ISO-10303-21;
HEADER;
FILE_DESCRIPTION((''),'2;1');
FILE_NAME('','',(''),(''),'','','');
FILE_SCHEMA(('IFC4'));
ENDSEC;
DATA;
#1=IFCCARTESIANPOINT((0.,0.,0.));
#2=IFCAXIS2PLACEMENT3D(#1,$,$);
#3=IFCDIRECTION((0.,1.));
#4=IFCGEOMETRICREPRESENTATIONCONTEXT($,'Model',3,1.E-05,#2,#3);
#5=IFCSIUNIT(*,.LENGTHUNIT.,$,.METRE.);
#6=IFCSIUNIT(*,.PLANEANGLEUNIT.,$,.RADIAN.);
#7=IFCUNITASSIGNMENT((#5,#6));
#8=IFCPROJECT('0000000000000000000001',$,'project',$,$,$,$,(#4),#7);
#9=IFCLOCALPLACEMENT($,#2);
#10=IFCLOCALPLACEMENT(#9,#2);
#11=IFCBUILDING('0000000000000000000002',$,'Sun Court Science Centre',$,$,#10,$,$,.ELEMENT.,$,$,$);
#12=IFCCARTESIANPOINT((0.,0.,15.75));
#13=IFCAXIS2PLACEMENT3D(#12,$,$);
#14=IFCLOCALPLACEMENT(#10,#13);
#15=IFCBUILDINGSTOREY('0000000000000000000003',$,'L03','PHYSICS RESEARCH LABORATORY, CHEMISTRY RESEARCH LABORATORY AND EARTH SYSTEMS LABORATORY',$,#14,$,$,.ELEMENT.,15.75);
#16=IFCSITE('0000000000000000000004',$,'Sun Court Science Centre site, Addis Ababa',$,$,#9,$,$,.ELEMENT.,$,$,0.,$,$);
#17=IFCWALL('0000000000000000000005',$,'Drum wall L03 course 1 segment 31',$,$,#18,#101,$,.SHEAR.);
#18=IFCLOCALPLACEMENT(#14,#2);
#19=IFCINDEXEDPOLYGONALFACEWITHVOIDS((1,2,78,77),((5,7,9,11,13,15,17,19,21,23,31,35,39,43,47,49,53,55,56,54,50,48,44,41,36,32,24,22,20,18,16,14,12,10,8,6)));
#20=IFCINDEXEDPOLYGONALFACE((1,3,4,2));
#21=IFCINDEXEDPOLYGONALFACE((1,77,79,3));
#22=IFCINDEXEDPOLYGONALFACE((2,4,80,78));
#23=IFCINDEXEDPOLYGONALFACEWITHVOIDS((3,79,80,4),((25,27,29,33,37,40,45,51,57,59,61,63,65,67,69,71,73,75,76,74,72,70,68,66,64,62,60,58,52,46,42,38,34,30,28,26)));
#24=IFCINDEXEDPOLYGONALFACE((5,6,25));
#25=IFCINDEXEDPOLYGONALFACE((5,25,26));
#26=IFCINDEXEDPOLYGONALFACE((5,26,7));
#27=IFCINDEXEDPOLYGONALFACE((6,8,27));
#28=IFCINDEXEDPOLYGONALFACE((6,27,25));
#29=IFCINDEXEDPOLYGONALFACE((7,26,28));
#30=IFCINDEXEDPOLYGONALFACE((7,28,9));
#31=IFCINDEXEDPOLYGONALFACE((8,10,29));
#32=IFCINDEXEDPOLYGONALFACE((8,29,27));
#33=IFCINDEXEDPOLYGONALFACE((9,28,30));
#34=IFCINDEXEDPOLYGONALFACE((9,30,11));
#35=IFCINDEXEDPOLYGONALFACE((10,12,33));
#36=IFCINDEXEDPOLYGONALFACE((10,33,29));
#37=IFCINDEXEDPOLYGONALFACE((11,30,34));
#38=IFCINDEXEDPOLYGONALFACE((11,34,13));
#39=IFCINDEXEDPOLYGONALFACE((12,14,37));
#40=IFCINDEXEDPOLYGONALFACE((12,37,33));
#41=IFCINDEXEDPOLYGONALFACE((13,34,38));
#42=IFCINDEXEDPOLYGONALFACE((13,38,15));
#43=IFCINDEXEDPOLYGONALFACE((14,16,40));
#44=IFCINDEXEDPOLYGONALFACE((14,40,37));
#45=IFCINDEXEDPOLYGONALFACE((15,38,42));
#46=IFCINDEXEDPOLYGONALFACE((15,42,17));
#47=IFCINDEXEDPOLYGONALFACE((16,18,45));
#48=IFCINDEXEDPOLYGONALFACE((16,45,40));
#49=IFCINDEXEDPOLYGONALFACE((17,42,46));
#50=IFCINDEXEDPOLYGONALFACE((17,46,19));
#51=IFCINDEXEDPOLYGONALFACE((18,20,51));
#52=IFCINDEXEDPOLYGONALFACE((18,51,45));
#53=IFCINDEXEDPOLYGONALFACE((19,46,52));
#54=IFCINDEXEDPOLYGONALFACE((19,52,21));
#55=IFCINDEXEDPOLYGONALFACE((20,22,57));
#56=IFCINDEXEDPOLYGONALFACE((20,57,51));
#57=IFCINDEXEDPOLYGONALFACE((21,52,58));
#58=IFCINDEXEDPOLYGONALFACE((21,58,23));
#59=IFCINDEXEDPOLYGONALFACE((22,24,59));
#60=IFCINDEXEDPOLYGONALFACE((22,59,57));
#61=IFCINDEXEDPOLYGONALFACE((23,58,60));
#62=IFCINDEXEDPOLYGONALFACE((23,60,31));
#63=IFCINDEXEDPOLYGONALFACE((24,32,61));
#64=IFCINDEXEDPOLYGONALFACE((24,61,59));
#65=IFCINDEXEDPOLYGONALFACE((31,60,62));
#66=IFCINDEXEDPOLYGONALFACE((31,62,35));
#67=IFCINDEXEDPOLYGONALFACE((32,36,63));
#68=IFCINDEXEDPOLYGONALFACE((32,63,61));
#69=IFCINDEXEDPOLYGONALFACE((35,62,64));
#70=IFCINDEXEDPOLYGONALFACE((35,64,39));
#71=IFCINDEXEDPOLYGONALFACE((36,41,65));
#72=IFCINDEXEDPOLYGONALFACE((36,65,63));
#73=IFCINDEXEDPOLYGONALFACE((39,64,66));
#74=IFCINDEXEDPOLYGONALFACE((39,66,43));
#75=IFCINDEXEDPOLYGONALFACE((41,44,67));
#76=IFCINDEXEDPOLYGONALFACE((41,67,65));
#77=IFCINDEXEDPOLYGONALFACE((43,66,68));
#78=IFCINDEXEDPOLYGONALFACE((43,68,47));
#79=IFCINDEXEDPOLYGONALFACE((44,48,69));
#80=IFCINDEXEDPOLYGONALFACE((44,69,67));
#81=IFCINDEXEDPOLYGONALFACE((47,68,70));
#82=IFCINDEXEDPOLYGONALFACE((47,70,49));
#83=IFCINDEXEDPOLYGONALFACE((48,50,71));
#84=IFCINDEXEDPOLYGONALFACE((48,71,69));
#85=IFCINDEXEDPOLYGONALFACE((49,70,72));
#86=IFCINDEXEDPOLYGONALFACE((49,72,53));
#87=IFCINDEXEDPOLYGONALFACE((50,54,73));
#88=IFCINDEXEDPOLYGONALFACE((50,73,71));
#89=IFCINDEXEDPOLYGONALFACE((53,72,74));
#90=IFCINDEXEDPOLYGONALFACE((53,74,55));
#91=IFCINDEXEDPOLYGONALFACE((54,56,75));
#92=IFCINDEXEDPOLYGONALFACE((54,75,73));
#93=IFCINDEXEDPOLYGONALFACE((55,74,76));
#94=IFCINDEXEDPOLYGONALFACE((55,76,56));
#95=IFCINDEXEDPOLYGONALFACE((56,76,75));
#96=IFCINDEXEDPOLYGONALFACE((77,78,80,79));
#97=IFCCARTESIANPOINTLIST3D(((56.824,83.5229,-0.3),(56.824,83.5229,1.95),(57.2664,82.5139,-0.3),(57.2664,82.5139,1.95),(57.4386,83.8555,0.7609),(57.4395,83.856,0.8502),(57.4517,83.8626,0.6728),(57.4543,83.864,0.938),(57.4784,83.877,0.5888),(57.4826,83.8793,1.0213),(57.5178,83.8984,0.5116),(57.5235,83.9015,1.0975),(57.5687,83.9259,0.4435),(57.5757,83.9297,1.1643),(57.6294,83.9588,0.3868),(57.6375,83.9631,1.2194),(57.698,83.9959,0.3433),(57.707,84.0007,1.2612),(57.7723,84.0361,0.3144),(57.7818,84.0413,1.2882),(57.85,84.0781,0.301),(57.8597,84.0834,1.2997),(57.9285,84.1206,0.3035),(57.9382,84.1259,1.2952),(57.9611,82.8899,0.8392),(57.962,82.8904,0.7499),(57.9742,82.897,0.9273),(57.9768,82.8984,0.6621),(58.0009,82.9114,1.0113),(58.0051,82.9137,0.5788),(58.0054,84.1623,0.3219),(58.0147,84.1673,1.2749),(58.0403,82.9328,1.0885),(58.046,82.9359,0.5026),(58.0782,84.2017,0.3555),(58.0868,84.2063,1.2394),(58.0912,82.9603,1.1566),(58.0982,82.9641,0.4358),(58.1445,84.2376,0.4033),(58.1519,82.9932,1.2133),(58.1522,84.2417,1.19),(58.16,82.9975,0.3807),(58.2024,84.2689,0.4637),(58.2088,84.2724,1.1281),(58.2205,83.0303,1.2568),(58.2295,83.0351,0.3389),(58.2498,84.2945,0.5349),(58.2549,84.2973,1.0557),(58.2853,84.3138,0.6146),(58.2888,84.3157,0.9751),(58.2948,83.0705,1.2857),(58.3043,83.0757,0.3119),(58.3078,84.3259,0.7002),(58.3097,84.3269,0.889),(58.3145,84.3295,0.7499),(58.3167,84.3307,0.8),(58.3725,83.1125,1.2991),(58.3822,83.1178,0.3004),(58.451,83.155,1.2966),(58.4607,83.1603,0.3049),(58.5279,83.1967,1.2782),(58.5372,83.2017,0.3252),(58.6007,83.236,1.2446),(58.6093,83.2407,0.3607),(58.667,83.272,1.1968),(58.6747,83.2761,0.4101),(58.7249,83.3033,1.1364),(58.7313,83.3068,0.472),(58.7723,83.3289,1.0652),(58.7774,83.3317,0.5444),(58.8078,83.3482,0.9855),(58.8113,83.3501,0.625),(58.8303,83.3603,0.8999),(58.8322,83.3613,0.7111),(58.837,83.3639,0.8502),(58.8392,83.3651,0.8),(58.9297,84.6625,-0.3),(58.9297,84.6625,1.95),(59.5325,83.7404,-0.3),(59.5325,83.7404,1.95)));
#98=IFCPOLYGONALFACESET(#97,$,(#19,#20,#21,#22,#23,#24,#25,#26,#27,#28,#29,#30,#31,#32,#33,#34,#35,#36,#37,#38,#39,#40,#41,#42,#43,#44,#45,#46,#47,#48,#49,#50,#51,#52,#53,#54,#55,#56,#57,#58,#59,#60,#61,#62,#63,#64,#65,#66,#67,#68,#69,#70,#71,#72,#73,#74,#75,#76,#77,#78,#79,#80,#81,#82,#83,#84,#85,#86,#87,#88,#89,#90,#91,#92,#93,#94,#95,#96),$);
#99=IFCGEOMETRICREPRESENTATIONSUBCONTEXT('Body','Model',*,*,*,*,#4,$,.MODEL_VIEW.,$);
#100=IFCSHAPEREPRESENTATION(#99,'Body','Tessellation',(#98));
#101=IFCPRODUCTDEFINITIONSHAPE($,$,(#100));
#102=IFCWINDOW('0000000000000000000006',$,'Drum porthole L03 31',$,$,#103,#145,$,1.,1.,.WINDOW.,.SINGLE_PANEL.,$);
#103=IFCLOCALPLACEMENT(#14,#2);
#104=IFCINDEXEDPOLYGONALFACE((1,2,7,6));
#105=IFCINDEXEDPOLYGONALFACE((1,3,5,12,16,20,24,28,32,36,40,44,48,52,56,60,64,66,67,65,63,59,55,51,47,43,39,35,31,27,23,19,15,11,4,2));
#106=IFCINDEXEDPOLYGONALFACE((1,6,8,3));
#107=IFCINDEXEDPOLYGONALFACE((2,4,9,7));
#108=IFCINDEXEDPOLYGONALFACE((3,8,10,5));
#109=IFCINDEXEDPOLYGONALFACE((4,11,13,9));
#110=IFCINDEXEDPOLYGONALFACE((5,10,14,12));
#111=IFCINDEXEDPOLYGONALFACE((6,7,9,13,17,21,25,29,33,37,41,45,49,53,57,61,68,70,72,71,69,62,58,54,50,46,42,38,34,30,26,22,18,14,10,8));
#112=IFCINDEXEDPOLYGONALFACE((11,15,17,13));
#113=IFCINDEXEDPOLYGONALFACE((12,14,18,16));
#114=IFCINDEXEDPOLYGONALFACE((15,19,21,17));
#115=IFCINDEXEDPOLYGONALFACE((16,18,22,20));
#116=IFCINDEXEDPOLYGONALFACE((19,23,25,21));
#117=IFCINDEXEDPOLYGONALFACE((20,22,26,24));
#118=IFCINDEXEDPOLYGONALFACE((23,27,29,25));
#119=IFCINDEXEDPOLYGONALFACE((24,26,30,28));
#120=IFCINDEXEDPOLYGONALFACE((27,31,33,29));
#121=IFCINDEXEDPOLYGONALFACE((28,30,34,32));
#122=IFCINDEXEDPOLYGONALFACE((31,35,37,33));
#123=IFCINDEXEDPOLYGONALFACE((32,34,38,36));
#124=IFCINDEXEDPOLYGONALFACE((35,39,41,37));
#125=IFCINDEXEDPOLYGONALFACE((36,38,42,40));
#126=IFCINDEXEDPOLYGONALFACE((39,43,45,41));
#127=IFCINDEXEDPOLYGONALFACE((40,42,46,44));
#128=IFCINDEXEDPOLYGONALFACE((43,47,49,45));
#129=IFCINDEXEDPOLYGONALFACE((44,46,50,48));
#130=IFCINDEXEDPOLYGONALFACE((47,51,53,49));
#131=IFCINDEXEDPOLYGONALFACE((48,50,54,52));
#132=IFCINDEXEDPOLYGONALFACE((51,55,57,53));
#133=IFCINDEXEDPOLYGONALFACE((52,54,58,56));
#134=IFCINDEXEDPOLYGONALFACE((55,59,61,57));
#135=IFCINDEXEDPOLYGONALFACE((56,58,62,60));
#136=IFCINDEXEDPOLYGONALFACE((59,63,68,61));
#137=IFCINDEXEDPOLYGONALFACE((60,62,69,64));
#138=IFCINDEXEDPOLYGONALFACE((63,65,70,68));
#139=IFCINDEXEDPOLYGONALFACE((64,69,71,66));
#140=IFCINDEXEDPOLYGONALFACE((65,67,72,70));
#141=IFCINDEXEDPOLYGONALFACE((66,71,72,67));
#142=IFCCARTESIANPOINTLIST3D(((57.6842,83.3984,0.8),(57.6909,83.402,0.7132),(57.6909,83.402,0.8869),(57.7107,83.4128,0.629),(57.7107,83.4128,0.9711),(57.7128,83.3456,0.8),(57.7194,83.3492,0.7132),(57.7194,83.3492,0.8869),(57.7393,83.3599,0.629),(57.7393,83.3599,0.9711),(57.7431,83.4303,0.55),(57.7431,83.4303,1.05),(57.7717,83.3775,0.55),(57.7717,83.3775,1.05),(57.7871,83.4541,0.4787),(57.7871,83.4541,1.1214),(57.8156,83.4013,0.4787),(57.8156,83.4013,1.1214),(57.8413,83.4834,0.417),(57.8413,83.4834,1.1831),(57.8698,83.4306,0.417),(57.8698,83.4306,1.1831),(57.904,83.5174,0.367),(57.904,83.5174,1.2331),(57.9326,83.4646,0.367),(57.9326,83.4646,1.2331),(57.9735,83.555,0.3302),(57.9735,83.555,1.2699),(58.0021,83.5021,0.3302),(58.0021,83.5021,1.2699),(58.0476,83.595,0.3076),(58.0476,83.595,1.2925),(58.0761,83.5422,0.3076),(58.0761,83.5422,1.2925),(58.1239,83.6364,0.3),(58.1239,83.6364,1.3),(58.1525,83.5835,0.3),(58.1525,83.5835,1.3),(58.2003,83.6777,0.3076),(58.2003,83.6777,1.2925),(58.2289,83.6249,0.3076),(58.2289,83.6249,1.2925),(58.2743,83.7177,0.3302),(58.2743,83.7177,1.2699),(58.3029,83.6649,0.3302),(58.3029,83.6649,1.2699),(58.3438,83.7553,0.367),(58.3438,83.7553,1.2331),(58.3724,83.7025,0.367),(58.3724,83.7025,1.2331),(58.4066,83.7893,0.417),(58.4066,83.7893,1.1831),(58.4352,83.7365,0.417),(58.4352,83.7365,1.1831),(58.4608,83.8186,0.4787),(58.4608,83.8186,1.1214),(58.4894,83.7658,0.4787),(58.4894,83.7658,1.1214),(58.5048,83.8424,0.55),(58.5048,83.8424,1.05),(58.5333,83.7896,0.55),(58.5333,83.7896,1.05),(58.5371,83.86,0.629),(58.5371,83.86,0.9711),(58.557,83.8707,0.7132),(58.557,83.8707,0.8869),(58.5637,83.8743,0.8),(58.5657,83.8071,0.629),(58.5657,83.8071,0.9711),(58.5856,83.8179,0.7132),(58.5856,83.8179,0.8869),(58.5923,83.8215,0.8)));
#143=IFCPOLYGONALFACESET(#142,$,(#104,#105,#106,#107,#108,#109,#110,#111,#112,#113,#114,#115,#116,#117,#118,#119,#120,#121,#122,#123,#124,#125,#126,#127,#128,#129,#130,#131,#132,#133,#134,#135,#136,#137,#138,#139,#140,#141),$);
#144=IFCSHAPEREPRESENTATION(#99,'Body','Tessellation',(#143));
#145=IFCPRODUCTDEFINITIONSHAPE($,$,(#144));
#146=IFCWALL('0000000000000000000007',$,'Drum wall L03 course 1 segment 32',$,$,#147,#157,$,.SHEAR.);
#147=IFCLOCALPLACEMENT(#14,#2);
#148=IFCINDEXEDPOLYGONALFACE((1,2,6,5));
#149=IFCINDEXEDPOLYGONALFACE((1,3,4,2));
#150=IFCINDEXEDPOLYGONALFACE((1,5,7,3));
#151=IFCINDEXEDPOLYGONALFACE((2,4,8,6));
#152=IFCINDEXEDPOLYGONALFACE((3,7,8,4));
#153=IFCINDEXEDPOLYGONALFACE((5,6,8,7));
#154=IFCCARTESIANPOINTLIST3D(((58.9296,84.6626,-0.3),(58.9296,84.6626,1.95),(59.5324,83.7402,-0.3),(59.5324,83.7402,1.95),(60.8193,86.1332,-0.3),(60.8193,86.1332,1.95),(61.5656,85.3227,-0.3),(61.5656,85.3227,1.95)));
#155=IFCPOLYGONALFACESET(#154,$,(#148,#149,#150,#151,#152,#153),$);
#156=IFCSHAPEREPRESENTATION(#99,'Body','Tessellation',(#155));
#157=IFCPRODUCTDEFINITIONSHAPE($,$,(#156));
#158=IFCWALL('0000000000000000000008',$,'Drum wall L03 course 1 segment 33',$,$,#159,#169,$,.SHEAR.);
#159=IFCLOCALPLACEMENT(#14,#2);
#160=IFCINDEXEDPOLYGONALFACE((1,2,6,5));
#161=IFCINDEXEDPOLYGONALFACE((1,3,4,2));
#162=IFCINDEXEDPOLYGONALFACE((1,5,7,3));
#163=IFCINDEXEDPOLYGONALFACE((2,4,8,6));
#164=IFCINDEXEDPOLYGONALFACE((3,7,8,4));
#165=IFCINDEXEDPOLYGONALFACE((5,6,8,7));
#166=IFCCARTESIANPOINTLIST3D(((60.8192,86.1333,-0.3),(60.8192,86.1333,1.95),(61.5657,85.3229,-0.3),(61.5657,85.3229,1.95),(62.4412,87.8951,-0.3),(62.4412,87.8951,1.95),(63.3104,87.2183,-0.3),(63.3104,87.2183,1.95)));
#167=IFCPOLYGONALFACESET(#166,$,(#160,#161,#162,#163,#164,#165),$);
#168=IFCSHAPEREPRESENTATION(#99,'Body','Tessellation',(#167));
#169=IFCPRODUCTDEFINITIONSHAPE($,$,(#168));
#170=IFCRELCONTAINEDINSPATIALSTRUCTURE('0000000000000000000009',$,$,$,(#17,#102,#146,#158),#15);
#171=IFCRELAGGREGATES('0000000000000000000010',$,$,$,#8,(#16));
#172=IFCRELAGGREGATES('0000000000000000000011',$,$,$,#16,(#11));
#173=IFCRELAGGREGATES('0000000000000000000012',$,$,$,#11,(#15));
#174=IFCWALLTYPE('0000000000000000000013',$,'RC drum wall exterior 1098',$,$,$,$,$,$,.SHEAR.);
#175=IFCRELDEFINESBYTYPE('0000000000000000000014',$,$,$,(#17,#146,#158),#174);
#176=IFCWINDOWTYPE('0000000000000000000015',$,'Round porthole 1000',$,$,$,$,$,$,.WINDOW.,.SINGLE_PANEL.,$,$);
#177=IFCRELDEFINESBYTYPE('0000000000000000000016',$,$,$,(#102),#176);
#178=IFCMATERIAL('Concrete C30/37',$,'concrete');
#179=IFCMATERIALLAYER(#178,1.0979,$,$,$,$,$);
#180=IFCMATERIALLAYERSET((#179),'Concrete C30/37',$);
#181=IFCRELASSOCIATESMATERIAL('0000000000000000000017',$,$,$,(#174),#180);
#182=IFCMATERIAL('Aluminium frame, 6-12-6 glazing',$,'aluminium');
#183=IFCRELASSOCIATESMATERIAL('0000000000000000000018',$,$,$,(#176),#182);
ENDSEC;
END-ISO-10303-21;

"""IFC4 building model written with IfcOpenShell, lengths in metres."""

from ifc_helpers import new_model, si_unit, direction, frame, frame_2d, origin, place, context, subcontext, project, spatial, polyline, circle, outline, extrude, material, layer, layer_set, type_object, element, fill, save


model = new_model("IFC4")

# Units and contexts
model_context = context("Model", 3, precision=1e-05, world=origin(), true_north=direction((0.0, 1.0)))
body_context = subcontext(model_context, "Body", "Model", "MODEL_VIEW")
ifc_project = project(units=[si_unit("LENGTHUNIT", "METRE"), si_unit("PLANEANGLEUNIT", "RADIAN")], contexts=[model_context])

# Site, building, storey
site_placement = place(None, origin())
site = spatial("IfcSite", under=ifc_project, at=site_placement, Name="Sun Court Science Centre site, Addis Ababa", CompositionType="ELEMENT", RefElevation=0.0)
building_placement = place(site_placement, origin())
building = spatial("IfcBuilding", under=site, at=building_placement, Name="Sun Court Science Centre", CompositionType="ELEMENT")
storey_placement = place(building_placement, frame((0.0, 0.0, 15.75)))
storey = spatial("IfcBuildingStorey", under=building, at=storey_placement, Name="L03", Description="PHYSICS RESEARCH LABORATORY, CHEMISTRY RESEARCH LABORATORY AND EARTH SYSTEMS LABORATORY", CompositionType="ELEMENT", Elevation=15.75)

# Wall, opening, window
ifc_material_1 = material(Name="Concrete C30/37", Category="concrete")
ifc_layer_1 = layer(ifc_material_1, 1.0979)
ifc_layer_set_1 = layer_set([ifc_layer_1], Name="Concrete C30/37")
wall_type_1 = type_object("IfcWallType", Name="RC drum wall exterior 1098", PredefinedType="SHEAR", material=ifc_layer_set_1)
wall_1_placement = place(storey_placement, frame((57.0051, 82.9968, -0.3), z_axis=(0.0, 0.0, 1.0), x_axis=(0.879499, 0.475902, 0.0)))
wall_1 = element("IfcWall", 1, at=wall_1_placement, inside=storey, type_object=wall_type_1, Name="Drum wall L03 course 1 segment 31", PredefinedType="SHEAR", context=body_context, shape_type="SweptSolid", body=[
    extrude(outline(polyline([(0.0, -0.5491), (2.5767, -0.5488), (2.4854, 0.5491), (0.0911, 0.5488), (0.0, -0.5491)])), origin(), (0.0, 0.0, 1.0), 2.25),
])
opening_1_placement = place(wall_1_placement, frame((0.7883, 0.0, 0.6001)))
opening_1 = element("IfcOpeningElement", 2, at=opening_1_placement, cuts=wall_1, PredefinedType="OPENING", context=body_context, shape_type="SweptSolid", body=[
    extrude(circle(Radius=0.5, at=frame_2d((0.5, 0.5))), frame((0.0, 0.5588, 0.0), z_axis=(0.0, -1.0, 0.0), x_axis=(1.0, 0.0, 0.0)), (0.0, 0.0, 1.0), 1.1179),
])
ifc_material_2 = material(Name="Aluminium frame, 6-12-6 glazing", Category="aluminium")
window_type = type_object("IfcWindowType", Name="Round porthole 1000", PartitioningType="SINGLE_PANEL", PredefinedType="WINDOW", material=ifc_material_2)
window_1_placement = place(opening_1_placement, origin())
window_1 = element("IfcWindow", 3, at=window_1_placement, inside=storey, type_object=window_type, Name="Drum porthole L03 31", OverallHeight=1.0, OverallWidth=1.0, PartitioningType="SINGLE_PANEL", PredefinedType="WINDOW", context=body_context, shape_type="SweptSolid", body=[
    extrude(circle(Radius=0.5, at=frame_2d((0.5, 0.5))), frame((0.0, 0.03, 0.0), z_axis=(0.0, -1.0, 0.0), x_axis=(1.0, 0.0, 0.0)), (0.0, 0.0, 1.0), 0.0601),
])
fill(opening_1, window_1)

# Walls
wall_2_placement = place(storey_placement, frame((59.1953, 84.1733, -0.3), z_axis=(0.0, 0.0, 1.0), x_axis=(0.789138, 0.614216, 0.0)))
element("IfcWall", 4, at=wall_2_placement, inside=storey, type_object=wall_type_1, Name="Drum wall L03 course 1 segment 32", PredefinedType="SHEAR", context=body_context, shape_type="SweptSolid", body=[
    extrude(outline(polyline([(0.0, -0.5488), (2.5764, -0.5488), (2.4854, 0.5491), (0.0908, 0.5493), (0.0, -0.5488)])), origin(), (0.0, 0.0, 1.0), 2.25),
])
wall_3_placement = place(storey_placement, frame((61.1616, 85.6946, -0.3), z_axis=(0.0, 0.0, 1.0), x_axis=(0.677319, 0.735689, 0.0)))
element("IfcWall", 5, at=wall_3_placement, inside=storey, type_object=wall_type_1, Name="Drum wall L03 course 1 segment 33", PredefinedType="SHEAR", context=body_context, shape_type="SweptSolid", body=[
    extrude(outline(polyline([(0.0002, -0.5491), (2.5764, -0.5488), (2.4856, 0.5491), (0.0908, 0.5491), (0.0002, -0.5491)])), origin(), (0.0, 0.0, 1.0), 2.25),
])

save(model, "model.ifc")
